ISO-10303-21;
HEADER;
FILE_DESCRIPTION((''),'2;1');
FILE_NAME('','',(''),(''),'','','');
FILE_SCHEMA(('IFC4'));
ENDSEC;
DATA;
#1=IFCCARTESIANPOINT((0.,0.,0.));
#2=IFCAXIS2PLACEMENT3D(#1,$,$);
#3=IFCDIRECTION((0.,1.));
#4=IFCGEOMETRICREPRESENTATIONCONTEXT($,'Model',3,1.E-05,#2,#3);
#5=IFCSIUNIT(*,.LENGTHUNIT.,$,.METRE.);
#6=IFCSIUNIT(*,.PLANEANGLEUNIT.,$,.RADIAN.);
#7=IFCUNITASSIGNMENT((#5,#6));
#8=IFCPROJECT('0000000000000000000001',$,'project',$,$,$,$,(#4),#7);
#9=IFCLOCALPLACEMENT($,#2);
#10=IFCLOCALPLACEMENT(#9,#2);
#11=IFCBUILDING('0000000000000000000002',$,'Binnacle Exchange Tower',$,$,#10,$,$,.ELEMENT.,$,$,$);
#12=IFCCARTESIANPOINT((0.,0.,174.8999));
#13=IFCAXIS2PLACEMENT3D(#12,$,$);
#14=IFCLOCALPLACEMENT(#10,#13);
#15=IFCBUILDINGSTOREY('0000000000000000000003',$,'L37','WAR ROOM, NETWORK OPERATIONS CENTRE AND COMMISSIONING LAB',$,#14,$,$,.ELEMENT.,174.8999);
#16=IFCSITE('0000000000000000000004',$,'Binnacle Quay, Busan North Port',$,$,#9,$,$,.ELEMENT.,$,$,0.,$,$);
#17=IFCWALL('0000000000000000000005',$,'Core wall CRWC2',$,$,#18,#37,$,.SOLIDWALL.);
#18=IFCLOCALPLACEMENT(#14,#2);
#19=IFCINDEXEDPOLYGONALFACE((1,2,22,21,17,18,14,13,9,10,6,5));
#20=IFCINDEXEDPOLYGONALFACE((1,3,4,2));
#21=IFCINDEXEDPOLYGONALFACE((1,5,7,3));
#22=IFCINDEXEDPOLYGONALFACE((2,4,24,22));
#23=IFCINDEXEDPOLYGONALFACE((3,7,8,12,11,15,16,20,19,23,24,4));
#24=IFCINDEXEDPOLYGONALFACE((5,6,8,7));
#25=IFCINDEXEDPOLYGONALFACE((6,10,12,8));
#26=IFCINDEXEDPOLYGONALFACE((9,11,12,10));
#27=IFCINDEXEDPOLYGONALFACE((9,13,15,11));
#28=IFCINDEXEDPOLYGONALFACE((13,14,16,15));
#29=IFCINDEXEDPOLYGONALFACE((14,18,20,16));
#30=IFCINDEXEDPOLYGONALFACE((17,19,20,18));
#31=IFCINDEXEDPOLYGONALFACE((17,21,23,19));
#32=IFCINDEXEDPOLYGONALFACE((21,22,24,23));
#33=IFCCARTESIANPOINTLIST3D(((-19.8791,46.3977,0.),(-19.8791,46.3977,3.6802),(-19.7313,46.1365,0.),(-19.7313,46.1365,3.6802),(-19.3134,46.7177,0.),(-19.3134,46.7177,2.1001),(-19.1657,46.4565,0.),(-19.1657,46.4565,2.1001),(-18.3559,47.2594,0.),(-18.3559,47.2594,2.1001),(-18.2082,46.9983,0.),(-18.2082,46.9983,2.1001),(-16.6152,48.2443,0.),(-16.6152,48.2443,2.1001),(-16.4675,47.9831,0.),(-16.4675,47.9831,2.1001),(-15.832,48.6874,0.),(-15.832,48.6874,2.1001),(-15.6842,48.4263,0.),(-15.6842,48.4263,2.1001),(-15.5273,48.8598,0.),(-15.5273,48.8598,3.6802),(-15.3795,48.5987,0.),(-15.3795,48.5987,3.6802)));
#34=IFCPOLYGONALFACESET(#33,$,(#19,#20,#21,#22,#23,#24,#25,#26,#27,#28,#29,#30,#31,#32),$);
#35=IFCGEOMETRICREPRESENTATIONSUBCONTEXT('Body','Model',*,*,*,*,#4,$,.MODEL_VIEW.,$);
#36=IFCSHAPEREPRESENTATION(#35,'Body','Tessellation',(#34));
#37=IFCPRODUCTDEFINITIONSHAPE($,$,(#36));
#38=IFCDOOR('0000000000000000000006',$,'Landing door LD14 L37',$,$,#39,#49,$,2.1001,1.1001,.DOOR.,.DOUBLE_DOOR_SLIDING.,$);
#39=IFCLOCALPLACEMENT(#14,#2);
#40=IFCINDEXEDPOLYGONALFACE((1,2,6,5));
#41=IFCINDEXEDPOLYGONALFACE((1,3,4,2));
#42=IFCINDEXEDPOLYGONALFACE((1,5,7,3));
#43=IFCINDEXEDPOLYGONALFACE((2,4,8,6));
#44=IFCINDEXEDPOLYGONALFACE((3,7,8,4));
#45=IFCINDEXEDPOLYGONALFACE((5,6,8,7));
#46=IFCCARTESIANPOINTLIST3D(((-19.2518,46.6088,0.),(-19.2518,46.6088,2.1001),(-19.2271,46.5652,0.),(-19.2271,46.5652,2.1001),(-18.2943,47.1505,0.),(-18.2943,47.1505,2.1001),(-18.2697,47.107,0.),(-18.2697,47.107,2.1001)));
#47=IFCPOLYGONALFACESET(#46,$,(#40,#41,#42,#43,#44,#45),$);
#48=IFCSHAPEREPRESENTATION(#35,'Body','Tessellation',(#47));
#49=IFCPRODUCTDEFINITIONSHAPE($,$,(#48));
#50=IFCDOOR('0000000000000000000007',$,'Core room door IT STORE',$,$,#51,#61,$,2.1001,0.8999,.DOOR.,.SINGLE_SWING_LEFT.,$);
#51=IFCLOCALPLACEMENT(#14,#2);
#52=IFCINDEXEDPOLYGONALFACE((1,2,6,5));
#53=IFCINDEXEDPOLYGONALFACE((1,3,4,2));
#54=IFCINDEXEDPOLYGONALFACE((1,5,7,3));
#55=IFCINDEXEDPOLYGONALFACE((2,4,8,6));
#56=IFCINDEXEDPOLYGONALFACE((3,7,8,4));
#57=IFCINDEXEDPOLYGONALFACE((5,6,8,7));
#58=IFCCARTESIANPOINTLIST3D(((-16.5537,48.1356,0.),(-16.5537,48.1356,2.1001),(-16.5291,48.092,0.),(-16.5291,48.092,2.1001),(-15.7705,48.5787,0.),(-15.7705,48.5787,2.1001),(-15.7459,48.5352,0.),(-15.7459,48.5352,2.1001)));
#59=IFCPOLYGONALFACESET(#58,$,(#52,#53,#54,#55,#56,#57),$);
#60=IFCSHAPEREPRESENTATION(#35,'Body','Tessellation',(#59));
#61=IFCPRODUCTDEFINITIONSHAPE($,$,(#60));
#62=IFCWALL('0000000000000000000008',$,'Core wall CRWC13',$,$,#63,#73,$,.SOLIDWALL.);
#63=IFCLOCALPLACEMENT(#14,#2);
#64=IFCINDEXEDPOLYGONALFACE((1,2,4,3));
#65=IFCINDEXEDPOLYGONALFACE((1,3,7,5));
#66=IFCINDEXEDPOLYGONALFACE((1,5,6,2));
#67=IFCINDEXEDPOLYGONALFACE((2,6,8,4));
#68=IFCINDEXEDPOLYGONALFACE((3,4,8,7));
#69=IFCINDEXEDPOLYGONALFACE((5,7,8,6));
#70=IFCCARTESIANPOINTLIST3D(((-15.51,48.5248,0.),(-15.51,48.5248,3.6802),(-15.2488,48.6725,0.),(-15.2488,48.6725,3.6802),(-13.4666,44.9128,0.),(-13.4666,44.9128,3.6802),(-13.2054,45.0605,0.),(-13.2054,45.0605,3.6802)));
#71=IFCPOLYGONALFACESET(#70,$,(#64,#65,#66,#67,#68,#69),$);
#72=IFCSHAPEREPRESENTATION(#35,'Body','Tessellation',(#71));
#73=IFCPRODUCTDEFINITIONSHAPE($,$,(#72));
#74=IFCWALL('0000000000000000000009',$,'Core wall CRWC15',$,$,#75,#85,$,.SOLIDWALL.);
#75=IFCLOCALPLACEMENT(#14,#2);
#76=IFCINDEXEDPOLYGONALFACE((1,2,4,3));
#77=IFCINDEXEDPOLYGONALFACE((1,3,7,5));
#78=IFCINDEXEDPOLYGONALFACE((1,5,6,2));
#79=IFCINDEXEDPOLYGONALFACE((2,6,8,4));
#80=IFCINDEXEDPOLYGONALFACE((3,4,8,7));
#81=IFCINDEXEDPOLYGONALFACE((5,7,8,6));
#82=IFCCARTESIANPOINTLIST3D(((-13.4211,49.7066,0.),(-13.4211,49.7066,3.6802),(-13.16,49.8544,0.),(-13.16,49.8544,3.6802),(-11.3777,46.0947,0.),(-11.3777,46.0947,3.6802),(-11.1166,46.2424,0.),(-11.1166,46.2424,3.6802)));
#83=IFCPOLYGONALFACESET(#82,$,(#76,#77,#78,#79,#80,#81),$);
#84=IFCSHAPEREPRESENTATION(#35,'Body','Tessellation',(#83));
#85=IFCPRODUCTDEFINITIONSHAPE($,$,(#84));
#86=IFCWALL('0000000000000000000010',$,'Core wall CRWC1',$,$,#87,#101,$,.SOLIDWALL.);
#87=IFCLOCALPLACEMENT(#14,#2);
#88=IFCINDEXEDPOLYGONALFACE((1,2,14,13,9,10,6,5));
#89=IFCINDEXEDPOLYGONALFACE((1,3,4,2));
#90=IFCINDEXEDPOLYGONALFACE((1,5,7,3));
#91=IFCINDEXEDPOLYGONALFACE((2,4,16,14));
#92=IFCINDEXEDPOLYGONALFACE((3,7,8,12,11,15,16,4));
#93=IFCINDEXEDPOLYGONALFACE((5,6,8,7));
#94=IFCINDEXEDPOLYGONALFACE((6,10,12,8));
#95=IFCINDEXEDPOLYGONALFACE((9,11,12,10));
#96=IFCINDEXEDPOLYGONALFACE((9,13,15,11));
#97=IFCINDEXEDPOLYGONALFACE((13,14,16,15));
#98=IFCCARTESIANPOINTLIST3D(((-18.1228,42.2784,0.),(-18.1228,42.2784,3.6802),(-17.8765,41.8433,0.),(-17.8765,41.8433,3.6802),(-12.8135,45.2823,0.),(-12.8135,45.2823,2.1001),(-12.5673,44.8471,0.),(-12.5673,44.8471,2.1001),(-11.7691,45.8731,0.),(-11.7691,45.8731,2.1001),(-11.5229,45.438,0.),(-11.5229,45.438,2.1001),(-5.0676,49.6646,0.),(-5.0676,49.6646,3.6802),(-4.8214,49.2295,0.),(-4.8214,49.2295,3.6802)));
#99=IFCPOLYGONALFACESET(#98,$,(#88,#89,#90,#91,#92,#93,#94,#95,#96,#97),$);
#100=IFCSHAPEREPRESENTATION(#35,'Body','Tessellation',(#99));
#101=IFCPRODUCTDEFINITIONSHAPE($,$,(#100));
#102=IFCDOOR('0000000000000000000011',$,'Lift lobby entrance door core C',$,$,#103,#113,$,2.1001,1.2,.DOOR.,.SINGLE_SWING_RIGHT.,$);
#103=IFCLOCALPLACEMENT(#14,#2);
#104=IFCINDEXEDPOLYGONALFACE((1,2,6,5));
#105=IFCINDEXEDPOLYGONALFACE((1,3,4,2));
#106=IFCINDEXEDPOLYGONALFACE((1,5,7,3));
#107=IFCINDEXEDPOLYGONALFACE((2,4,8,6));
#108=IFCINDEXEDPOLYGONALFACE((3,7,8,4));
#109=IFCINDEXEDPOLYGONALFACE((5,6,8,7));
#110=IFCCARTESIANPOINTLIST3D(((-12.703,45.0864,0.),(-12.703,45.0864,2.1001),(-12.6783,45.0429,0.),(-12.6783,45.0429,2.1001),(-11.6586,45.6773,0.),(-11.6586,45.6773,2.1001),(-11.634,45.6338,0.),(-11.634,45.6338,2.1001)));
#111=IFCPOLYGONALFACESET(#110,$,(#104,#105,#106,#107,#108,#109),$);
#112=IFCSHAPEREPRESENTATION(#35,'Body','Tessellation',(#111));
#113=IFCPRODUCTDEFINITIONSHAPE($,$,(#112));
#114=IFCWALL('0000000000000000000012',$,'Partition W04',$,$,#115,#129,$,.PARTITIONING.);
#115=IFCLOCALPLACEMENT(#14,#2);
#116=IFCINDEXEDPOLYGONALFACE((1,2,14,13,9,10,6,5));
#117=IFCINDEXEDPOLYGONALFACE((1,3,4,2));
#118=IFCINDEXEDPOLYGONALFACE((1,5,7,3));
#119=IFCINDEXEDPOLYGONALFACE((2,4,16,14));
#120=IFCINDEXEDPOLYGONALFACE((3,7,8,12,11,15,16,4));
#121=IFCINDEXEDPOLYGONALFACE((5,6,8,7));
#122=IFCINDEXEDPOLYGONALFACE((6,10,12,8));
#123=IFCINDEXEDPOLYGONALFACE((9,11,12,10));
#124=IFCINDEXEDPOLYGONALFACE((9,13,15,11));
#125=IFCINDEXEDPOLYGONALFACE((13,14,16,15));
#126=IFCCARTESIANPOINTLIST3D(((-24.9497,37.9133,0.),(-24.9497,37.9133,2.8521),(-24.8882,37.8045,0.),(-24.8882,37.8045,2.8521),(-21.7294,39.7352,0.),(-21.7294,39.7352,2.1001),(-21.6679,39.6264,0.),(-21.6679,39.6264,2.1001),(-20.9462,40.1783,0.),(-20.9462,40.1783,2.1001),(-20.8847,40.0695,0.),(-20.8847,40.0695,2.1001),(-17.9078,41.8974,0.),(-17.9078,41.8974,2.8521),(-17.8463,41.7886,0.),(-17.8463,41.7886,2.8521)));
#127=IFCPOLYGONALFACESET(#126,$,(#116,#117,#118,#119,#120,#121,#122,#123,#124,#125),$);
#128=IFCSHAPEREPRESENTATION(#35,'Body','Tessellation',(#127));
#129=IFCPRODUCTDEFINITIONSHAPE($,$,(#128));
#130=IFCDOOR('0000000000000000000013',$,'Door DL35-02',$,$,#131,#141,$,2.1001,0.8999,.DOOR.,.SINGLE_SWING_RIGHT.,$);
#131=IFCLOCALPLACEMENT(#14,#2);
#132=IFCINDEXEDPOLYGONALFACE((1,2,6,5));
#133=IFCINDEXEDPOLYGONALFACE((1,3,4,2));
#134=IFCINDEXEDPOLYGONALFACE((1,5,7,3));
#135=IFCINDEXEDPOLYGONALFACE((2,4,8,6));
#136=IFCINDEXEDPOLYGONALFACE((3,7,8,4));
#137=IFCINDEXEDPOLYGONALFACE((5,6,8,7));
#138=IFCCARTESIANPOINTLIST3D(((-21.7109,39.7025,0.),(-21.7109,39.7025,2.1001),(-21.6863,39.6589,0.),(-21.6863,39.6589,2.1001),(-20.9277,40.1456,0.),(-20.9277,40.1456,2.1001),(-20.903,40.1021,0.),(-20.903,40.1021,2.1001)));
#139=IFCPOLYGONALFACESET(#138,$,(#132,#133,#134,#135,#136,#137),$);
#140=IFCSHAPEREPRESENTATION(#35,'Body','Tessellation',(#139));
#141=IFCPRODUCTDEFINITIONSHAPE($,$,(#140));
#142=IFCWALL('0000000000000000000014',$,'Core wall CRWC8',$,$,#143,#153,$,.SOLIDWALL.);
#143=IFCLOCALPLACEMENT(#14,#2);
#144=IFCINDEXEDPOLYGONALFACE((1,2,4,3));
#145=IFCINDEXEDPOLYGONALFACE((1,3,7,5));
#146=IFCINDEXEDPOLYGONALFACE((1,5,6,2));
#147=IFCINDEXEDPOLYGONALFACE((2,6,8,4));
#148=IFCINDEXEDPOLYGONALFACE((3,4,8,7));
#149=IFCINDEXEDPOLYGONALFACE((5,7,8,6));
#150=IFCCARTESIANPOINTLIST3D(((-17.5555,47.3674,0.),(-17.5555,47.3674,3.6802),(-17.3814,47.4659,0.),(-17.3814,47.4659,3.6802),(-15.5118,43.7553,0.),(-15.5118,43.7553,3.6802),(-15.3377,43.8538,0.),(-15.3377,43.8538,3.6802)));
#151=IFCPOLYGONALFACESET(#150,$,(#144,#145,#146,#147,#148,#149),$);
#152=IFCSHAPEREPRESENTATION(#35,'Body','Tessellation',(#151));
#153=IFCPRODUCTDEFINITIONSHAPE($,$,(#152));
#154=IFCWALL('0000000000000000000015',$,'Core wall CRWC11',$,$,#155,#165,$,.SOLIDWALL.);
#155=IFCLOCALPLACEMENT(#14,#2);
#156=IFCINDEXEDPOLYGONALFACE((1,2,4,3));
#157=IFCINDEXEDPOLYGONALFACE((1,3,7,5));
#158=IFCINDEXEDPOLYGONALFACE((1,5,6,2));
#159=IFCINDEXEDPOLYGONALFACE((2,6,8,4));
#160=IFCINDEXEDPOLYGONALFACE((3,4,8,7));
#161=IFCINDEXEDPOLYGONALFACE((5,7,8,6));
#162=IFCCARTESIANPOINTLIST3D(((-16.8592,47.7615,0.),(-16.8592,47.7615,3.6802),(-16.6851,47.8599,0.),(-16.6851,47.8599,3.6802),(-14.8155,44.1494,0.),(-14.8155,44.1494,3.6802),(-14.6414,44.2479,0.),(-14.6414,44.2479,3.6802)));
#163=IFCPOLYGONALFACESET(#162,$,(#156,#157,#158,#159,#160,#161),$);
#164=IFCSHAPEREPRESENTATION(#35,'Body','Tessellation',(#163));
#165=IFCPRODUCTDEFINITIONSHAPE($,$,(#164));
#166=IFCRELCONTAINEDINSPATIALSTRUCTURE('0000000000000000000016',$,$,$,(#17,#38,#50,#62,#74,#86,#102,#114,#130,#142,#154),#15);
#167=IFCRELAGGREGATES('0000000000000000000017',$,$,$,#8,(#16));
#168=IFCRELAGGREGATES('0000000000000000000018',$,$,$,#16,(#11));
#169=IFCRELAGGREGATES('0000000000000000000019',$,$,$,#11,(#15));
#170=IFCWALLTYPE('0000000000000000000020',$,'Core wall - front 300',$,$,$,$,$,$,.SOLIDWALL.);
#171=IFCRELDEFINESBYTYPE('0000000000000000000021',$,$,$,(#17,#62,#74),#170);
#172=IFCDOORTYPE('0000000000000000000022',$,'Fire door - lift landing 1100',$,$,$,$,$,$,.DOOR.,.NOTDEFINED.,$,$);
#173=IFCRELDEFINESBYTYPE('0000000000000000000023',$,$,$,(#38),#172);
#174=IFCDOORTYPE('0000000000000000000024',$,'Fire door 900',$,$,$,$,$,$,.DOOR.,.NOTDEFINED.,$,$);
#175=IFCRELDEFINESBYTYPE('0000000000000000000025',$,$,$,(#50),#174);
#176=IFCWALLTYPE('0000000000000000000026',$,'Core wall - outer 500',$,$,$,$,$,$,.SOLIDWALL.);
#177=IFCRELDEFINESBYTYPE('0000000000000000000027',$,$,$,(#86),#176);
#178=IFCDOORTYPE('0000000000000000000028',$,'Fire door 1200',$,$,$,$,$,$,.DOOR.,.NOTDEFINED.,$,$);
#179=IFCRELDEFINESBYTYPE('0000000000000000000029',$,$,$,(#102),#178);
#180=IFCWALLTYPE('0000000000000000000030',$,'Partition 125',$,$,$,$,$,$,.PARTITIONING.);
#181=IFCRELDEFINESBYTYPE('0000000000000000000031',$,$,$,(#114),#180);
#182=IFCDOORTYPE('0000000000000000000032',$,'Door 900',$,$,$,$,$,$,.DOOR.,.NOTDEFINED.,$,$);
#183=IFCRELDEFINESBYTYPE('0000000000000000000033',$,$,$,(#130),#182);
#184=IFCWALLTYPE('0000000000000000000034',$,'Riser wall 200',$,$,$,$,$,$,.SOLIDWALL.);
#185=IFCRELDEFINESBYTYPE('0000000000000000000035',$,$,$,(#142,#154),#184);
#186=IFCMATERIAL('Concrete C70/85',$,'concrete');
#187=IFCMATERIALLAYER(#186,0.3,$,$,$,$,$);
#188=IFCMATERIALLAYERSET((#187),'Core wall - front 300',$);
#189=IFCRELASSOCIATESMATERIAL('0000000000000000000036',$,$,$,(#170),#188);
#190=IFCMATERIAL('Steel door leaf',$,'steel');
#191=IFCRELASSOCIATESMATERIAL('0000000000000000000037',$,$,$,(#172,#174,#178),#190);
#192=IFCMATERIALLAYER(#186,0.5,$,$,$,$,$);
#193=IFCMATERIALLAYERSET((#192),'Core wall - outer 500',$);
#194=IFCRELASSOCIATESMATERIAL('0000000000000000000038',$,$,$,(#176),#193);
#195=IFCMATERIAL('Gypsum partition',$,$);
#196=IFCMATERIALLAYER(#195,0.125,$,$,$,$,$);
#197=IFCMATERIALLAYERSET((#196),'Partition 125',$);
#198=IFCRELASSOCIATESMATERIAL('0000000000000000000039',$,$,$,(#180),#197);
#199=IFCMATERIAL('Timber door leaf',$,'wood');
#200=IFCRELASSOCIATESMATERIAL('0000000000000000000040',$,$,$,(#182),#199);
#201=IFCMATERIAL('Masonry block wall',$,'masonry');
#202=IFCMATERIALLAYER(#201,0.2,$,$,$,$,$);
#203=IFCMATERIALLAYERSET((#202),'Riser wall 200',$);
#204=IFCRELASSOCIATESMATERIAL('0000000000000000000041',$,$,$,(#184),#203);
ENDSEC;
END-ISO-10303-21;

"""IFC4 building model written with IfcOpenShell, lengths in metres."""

from ifc_helpers import new_model, si_unit, direction, frame, frame_2d, origin, place, context, subcontext, project, spatial, rectangle, extrude, material, layer, layer_set, type_object, element, fill, save


model = new_model("IFC4")

# Units and contexts
model_context = context("Model", 3, precision=1e-05, world=origin(), true_north=direction((0.0, 1.0)))
body_context = subcontext(model_context, "Body", "Model", "MODEL_VIEW")
ifc_project = project(units=[si_unit("LENGTHUNIT", "METRE"), si_unit("PLANEANGLEUNIT", "RADIAN")], contexts=[model_context])

# Site, building, storey
site_placement = place(None, origin())
site = spatial("IfcSite", under=ifc_project, at=site_placement, Name="Binnacle Quay, Busan North Port", CompositionType="ELEMENT", RefElevation=0.0)
building_placement = place(site_placement, origin())
building = spatial("IfcBuilding", under=site, at=building_placement, Name="Binnacle Exchange Tower", CompositionType="ELEMENT")
storey_placement = place(building_placement, frame((0.0, 0.0, 174.8999)))
storey = spatial("IfcBuildingStorey", under=building, at=storey_placement, Name="L37", Description="WAR ROOM, NETWORK OPERATIONS CENTRE AND COMMISSIONING LAB", CompositionType="ELEMENT", Elevation=174.8999)

# Shared definitions
ifc_material_1 = material(Name="Concrete C70/85", Category="concrete")

# Wall, openings, doors
ifc_layer_1 = layer(ifc_material_1, 0.3)
ifc_layer_set_1 = layer_set([ifc_layer_1], Name="Core wall - front 300")
wall_type_1 = type_object("IfcWallType", Name="Core wall - front 300", PredefinedType="SOLIDWALL", material=ifc_layer_set_1)
wall_1_placement = place(storey_placement, frame((-19.8052, 46.2671, 0.0), z_axis=(0.0, 0.0, 1.0), x_axis=(0.870354, 0.492427, 0.0)))
wall_1 = element("IfcWall", 1, at=wall_1_placement, inside=storey, type_object=wall_type_1, Name="Core wall CRWC2", PredefinedType="SOLIDWALL", context=body_context, shape_type="SweptSolid", body=[
    extrude(rectangle(XDim=5.0, YDim=0.3, at=frame_2d((2.5, 0.0))), origin(), (0.0, 0.0, 1.0), 3.6802),
])
opening_1_placement = place(wall_1_placement, frame((0.6499, 0.0, 0.0)))
opening_1 = element("IfcOpeningElement", 2, at=opening_1_placement, cuts=wall_1, PredefinedType="OPENING", context=body_context, shape_type="SweptSolid", body=[
    extrude(rectangle(XDim=1.1001, YDim=2.1001, at=frame_2d((0.55, 1.05))), frame((0.0, 0.1599, 0.0), z_axis=(0.0, -1.0, 0.0), x_axis=(1.0, 0.0, 0.0)), (0.0, 0.0, 1.0), 0.3201),
])
opening_2_placement = place(wall_1_placement, frame((3.75, 0.0, 0.0)))
opening_2 = element("IfcOpeningElement", 3, at=opening_2_placement, cuts=wall_1, PredefinedType="OPENING", context=body_context, shape_type="SweptSolid", body=[
    extrude(rectangle(XDim=0.8999, YDim=2.1001, at=frame_2d((0.45, 1.05))), frame((0.0, 0.1599, 0.0), z_axis=(0.0, -1.0, 0.0), x_axis=(1.0, 0.0, 0.0)), (0.0, 0.0, 1.0), 0.3201),
])
ifc_material_2 = material(Name="Steel door leaf", Category="steel")
door_type_1 = type_object("IfcDoorType", Name="Fire door - lift landing 1100", OperationType="NOTDEFINED", PredefinedType="DOOR", material=ifc_material_2)
door_1_placement = place(opening_1_placement, origin())
door_1 = element("IfcDoor", 4, at=door_1_placement, inside=storey, type_object=door_type_1, Name="Landing door LD14 L37", OperationType="DOUBLE_DOOR_SLIDING", OverallHeight=2.1001, OverallWidth=1.1001, PredefinedType="DOOR", context=body_context, shape_type="SweptSolid", body=[
    extrude(rectangle(XDim=1.1001, YDim=2.1001, at=frame_2d((0.55, 1.05))), frame((0.0, 0.0249, 0.0), z_axis=(0.0, -1.0, 0.0), x_axis=(1.0, 0.0, 0.0)), (0.0, 0.0, 1.0), 0.05),
])
fill(opening_1, door_1)
door_type_2 = type_object("IfcDoorType", Name="Fire door 900", OperationType="NOTDEFINED", PredefinedType="DOOR", material=ifc_material_2)
door_2_placement = place(opening_2_placement, frame((0.8999, 0.0, 0.0), z_axis=(0.0, 0.0, 1.0), x_axis=(-1.0, 0.0, 0.0)))
door_2 = element("IfcDoor", 5, at=door_2_placement, inside=storey, type_object=door_type_2, Name="Core room door IT STORE", OperationType="SINGLE_SWING_LEFT", OverallHeight=2.1001, OverallWidth=0.8999, PredefinedType="DOOR", context=body_context, shape_type="SweptSolid", body=[
    extrude(rectangle(XDim=0.8999, YDim=2.1001, at=frame_2d((0.45, 1.05))), frame((0.0, 0.0249, 0.0), z_axis=(0.0, -1.0, 0.0), x_axis=(1.0, 0.0, 0.0)), (0.0, 0.0, 1.0), 0.05),
])
fill(opening_2, door_2)

# Walls
for number, where, z_axis, x_axis, name in (
    (6, (-15.3794, 48.5986, 0.0), (0.0, 0.0, 1.0), (0.492396, -0.870371, 0.0), "Core wall CRWC13"),
    (7, (-13.2905, 49.7805, 0.0), (0.0, 0.0, 1.0), (0.492396, -0.870371, 0.0), "Core wall CRWC15"),
):
    element("IfcWall", number, at=place(storey_placement, frame(where, z_axis=z_axis, x_axis=x_axis)), inside=storey, type_object=wall_type_1, Name=name, PredefinedType="SOLIDWALL", context=body_context, shape_type="SweptSolid", body=[
        extrude(rectangle(XDim=4.1499, YDim=0.3, at=frame_2d((2.075, 0.0))), origin(), (0.0, 0.0, 1.0), 3.6802),
    ])

# Walls, openings, doors
ifc_layer_2 = layer(ifc_material_1, 0.5)
ifc_layer_set_2 = layer_set([ifc_layer_2], Name="Core wall - outer 500")
wall_type_2 = type_object("IfcWallType", Name="Core wall - outer 500", PredefinedType="SOLIDWALL", material=ifc_layer_set_2)
wall_2_placement = place(storey_placement, frame((-17.9998, 42.0608, 0.0), z_axis=(0.0, 0.0, 1.0), x_axis=(0.870357, 0.492422, 0.0)))
wall_2 = element("IfcWall", 8, at=wall_2_placement, inside=storey, type_object=wall_type_2, Name="Core wall CRWC1", PredefinedType="SOLIDWALL", context=body_context, shape_type="SweptSolid", body=[
    extrude(rectangle(XDim=14.9998, YDim=0.5, at=frame_2d((7.5, 0.0))), origin(), (0.0, 0.0, 1.0), 3.6802),
])
opening_3_placement = place(wall_2_placement, frame((6.1001, 0.0, 0.0)))
opening_3 = element("IfcOpeningElement", 9, at=opening_3_placement, cuts=wall_2, PredefinedType="OPENING", context=body_context, shape_type="SweptSolid", body=[
    extrude(rectangle(XDim=1.2, YDim=2.1001, at=frame_2d((0.6001, 1.05))), frame((0.0, 0.26, 0.0), z_axis=(0.0, -1.0, 0.0), x_axis=(1.0, 0.0, 0.0)), (0.0, 0.0, 1.0), 0.52),
])
door_type_3 = type_object("IfcDoorType", Name="Fire door 1200", OperationType="NOTDEFINED", PredefinedType="DOOR", material=ifc_material_2)
door_3_placement = place(opening_3_placement, frame((1.2, 0.0, 0.0), z_axis=(0.0, 0.0, 1.0), x_axis=(-1.0, 0.0, 0.0)))
door_3 = element("IfcDoor", 10, at=door_3_placement, inside=storey, type_object=door_type_3, Name="Lift lobby entrance door core C", OperationType="SINGLE_SWING_RIGHT", OverallHeight=2.1001, OverallWidth=1.2, PredefinedType="DOOR", context=body_context, shape_type="SweptSolid", body=[
    extrude(rectangle(XDim=1.2, YDim=2.1001, at=frame_2d((0.6001, 1.05))), frame((0.0, 0.0249, 0.0), z_axis=(0.0, -1.0, 0.0), x_axis=(1.0, 0.0, 0.0)), (0.0, 0.0, 1.0), 0.05),
])
fill(opening_3, door_3)
ifc_material_3 = material(Name="Gypsum partition")
ifc_layer_3 = layer(ifc_material_3, 0.125)
ifc_layer_set_3 = layer_set([ifc_layer_3], Name="Partition 125")
wall_type_3 = type_object("IfcWallType", Name="Partition 125", PredefinedType="PARTITIONING", material=ifc_layer_set_3)
wall_3_placement = place(storey_placement, frame((-24.9189, 37.8589, 0.0), z_axis=(0.0, 0.0, 1.0), x_axis=(0.870358, 0.49242, 0.0)))
wall_3 = element("IfcWall", 11, at=wall_3_placement, inside=storey, type_object=wall_type_3, Name="Partition W04", PredefinedType="PARTITIONING", context=body_context, shape_type="SweptSolid", body=[
    extrude(rectangle(XDim=8.0908, YDim=0.125, at=frame_2d((4.0454, 0.0))), origin(), (0.0, 0.0, 1.0), 2.8521),
])
opening_4_placement = place(wall_3_placement, frame((3.7, 0.0, 0.0)))
opening_4 = element("IfcOpeningElement", 12, at=opening_4_placement, cuts=wall_3, PredefinedType="OPENING", context=body_context, shape_type="SweptSolid", body=[
    extrude(rectangle(XDim=0.8999, YDim=2.1001, at=frame_2d((0.45, 1.05))), frame((0.0, 0.0725, 0.0), z_axis=(0.0, -1.0, 0.0), x_axis=(1.0, 0.0, 0.0)), (0.0, 0.0, 1.0), 0.145),
])
ifc_material_4 = material(Name="Timber door leaf", Category="wood")
door_type_4 = type_object("IfcDoorType", Name="Door 900", OperationType="NOTDEFINED", PredefinedType="DOOR", material=ifc_material_4)
door_4_placement = place(opening_4_placement, origin())
door_4 = element("IfcDoor", 13, at=door_4_placement, inside=storey, type_object=door_type_4, Name="Door DL35-02", OperationType="SINGLE_SWING_RIGHT", OverallHeight=2.1001, OverallWidth=0.8999, PredefinedType="DOOR", context=body_context, shape_type="SweptSolid", body=[
    extrude(rectangle(XDim=0.8999, YDim=2.1001, at=frame_2d((0.45, 1.05))), frame((0.0, 0.0249, 0.0), z_axis=(0.0, -1.0, 0.0), x_axis=(1.0, 0.0, 0.0)), (0.0, 0.0, 1.0), 0.05),
])
fill(opening_4, door_4)

# Walls
ifc_material_5 = material(Name="Masonry block wall", Category="masonry")
ifc_layer_4 = layer(ifc_material_5, 0.2)
ifc_layer_set_4 = layer_set([ifc_layer_4], Name="Riser wall 200")
wall_type_4 = type_object("IfcWallType", Name="Riser wall 200", PredefinedType="SOLIDWALL", material=ifc_layer_set_4)
for number, where, z_axis, x_axis, name in (
    (14, (-17.4685, 47.4167, 0.0), (0.0, 0.0, 1.0), (0.492441, -0.870346, 0.0), "Core wall CRWC8"),
    (15, (-16.7722, 47.8108, 0.0), (0.0, 0.0, 1.0), (0.492441, -0.870346, 0.0), "Core wall CRWC11"),
):
    element("IfcWall", number, at=place(storey_placement, frame(where, z_axis=z_axis, x_axis=x_axis)), inside=storey, type_object=wall_type_4, Name=name, PredefinedType="SOLIDWALL", context=body_context, shape_type="SweptSolid", body=[
        extrude(rectangle(XDim=4.1501, YDim=0.2, at=frame_2d((2.0752, 0.0))), origin(), (0.0, 0.0, 1.0), 3.6802),
    ])

save(model, "model.ifc")
